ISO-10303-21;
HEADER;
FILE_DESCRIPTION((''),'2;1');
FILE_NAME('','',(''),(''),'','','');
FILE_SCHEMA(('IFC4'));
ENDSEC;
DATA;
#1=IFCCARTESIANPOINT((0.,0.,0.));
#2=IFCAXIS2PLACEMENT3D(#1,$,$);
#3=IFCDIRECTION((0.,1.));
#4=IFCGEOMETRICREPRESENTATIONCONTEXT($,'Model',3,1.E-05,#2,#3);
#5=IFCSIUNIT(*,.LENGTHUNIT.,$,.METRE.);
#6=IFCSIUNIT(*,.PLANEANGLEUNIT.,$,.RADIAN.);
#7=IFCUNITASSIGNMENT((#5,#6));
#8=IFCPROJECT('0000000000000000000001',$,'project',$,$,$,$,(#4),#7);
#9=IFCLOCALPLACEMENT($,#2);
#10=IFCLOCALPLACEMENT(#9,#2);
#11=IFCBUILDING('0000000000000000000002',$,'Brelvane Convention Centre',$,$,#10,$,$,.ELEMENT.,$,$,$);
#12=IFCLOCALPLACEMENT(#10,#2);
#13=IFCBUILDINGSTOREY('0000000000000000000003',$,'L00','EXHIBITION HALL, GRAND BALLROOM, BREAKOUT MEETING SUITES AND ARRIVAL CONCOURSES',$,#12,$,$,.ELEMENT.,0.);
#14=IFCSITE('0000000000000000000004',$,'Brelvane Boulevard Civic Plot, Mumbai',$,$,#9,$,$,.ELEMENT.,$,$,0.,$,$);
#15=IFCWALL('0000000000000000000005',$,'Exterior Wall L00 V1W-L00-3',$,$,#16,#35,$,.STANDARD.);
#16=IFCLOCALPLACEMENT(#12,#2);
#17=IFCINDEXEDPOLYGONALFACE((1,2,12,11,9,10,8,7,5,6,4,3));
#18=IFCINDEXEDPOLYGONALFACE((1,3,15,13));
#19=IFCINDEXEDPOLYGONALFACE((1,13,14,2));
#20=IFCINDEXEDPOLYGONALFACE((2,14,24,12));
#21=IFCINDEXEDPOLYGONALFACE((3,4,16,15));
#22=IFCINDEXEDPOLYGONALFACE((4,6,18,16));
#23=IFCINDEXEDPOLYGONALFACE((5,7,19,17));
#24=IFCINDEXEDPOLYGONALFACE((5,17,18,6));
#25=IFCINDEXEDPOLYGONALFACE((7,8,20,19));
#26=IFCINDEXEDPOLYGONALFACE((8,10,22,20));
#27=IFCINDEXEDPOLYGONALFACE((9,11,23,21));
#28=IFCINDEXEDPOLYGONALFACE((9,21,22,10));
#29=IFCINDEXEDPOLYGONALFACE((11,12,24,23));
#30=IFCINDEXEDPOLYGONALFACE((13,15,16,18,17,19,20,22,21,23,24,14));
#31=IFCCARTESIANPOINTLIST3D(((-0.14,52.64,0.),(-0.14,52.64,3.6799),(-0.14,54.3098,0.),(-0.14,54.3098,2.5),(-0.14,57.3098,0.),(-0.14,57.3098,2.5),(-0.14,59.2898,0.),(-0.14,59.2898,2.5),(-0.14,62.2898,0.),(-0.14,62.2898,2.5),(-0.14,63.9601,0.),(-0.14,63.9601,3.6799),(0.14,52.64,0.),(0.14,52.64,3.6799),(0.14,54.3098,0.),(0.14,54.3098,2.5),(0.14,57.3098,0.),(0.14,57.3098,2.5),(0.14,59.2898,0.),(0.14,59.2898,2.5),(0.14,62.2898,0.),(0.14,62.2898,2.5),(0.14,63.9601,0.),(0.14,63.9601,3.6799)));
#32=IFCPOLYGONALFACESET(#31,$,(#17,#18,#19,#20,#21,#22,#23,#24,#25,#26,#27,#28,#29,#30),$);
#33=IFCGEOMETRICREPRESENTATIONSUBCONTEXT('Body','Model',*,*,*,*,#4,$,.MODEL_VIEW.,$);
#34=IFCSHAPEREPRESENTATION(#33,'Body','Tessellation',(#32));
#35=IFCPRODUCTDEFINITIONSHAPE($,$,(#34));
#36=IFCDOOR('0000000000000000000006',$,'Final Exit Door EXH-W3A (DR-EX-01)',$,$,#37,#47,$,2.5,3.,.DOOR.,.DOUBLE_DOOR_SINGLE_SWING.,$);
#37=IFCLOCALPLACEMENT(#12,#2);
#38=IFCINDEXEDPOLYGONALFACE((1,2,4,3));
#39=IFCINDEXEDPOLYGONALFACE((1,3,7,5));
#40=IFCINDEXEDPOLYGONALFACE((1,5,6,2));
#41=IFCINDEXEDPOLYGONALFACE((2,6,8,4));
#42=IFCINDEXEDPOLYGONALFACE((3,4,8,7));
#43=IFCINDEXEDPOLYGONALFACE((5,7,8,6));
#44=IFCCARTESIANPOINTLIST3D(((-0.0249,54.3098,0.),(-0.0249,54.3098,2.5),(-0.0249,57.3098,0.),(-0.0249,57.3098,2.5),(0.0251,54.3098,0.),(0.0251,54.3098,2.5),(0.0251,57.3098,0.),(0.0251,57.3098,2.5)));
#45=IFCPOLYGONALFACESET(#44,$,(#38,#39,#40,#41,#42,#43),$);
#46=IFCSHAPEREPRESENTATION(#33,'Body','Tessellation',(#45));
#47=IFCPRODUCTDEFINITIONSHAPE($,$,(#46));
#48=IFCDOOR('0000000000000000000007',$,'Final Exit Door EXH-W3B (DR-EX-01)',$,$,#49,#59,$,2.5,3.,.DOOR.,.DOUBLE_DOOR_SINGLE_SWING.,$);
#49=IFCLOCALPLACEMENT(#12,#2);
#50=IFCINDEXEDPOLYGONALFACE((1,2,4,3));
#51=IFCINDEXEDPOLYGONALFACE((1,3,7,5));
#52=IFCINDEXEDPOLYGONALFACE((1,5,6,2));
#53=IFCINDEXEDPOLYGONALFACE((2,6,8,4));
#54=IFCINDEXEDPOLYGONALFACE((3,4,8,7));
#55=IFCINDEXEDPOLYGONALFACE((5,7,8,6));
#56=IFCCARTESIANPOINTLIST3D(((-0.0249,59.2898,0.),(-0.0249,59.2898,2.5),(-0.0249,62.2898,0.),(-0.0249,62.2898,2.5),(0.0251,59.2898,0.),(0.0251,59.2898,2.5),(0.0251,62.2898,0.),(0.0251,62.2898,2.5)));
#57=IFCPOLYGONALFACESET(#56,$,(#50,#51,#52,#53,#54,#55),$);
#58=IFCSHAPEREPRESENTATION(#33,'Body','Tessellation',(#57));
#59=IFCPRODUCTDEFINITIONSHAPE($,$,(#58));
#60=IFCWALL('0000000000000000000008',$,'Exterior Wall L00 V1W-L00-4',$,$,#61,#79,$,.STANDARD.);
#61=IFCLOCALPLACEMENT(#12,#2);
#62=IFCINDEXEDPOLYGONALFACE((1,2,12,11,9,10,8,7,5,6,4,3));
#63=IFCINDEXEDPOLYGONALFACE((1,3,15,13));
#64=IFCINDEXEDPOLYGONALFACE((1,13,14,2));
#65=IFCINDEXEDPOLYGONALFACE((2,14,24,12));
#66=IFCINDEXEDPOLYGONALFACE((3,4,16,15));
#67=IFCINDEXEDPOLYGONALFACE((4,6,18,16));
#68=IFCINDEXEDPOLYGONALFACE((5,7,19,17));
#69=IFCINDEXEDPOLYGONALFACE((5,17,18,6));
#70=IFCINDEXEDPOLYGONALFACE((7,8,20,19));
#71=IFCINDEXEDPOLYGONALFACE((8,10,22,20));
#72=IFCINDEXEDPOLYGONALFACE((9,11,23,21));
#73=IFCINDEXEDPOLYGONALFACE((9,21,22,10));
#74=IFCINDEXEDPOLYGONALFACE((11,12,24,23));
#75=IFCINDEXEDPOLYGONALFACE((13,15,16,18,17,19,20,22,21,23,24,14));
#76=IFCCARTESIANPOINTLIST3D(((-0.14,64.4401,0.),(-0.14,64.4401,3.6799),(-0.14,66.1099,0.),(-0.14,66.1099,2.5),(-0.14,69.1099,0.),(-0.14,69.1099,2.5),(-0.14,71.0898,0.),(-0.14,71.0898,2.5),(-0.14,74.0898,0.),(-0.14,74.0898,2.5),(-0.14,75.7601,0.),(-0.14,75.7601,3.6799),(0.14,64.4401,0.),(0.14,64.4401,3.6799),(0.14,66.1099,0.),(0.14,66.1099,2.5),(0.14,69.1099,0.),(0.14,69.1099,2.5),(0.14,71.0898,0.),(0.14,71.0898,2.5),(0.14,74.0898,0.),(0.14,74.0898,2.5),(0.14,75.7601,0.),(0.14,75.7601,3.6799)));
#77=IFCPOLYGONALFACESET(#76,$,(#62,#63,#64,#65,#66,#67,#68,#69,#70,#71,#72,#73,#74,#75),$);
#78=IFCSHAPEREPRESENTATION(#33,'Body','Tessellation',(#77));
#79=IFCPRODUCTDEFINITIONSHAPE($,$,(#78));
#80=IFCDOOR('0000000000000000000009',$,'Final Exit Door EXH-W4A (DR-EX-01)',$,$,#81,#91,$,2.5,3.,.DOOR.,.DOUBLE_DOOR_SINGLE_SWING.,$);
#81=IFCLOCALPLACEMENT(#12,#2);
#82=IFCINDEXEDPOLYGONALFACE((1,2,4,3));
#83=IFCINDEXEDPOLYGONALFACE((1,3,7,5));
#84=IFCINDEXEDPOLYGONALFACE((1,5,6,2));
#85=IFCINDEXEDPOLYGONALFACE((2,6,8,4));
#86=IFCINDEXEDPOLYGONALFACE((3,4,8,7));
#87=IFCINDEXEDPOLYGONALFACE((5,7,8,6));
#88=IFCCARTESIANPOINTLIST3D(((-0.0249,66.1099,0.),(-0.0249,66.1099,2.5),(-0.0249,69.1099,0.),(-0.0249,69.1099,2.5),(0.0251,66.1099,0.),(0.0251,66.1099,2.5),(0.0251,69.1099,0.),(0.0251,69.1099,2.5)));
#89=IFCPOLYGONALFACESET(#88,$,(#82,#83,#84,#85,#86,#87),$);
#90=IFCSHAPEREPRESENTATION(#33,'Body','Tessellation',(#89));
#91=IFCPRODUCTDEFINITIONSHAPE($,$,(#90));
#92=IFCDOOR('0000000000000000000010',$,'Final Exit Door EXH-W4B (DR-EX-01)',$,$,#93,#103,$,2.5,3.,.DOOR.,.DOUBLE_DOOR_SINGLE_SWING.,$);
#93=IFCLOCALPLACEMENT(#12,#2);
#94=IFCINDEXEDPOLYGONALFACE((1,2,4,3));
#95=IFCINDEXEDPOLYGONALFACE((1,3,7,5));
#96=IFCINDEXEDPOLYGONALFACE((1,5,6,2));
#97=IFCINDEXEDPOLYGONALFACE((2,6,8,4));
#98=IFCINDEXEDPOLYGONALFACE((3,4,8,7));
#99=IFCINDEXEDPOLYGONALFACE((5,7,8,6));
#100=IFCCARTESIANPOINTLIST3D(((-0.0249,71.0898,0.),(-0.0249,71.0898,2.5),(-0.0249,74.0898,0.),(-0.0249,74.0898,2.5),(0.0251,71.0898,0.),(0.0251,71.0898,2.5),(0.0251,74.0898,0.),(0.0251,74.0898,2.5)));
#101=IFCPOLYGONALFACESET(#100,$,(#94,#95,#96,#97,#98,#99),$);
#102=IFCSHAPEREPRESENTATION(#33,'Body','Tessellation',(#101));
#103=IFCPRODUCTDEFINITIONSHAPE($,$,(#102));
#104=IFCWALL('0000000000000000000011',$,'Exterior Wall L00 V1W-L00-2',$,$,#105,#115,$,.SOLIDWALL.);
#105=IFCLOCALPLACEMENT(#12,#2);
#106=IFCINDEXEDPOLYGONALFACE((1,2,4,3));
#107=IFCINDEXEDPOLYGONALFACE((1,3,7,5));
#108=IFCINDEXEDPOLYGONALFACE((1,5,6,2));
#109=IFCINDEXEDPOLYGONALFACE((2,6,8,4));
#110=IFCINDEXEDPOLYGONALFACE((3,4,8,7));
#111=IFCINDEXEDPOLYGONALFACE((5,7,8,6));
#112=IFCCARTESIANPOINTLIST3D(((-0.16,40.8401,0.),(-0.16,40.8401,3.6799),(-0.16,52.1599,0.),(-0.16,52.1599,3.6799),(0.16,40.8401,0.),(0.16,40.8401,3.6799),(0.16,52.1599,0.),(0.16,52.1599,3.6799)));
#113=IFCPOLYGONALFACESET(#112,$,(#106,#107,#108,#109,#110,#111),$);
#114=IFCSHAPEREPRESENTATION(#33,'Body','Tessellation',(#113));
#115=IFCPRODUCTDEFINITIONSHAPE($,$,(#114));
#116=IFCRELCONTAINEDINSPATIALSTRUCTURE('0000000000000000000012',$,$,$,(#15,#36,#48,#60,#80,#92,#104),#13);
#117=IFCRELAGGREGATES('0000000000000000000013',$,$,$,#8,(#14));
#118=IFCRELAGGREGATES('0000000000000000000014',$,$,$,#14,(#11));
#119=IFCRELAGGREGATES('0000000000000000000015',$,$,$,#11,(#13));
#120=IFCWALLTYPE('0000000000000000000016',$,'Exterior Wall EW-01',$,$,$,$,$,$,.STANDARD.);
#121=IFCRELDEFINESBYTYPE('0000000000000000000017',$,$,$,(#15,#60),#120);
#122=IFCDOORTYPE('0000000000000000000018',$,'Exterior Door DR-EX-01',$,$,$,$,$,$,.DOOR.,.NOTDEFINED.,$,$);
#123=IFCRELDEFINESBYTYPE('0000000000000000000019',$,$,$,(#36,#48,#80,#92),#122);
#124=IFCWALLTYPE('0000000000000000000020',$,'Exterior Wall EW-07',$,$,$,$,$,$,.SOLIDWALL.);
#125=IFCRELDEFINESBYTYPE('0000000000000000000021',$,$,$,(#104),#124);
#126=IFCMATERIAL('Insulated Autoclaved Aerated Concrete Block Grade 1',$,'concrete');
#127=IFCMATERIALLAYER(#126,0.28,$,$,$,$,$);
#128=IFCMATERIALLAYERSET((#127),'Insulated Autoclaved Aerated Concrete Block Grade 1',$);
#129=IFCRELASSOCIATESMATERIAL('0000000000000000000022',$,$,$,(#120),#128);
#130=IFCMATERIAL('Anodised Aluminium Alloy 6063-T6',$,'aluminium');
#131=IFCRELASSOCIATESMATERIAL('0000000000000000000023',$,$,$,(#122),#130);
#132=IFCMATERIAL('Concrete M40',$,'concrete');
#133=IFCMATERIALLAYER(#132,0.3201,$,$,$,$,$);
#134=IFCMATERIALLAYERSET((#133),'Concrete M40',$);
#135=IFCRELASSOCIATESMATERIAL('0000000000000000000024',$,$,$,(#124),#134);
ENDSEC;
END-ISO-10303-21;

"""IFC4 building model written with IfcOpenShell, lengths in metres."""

from ifc_helpers import new_model, si_unit, direction, frame, frame_2d, origin, place, context, subcontext, project, spatial, rectangle, extrude, material, layer, layer_set, type_object, element, fill, save


model = new_model("IFC4")

# Units and contexts
model_context = context("Model", 3, precision=1e-05, world=origin(), true_north=direction((0.0, 1.0)))
body_context = subcontext(model_context, "Body", "Model", "MODEL_VIEW")
ifc_project = project(units=[si_unit("LENGTHUNIT", "METRE"), si_unit("PLANEANGLEUNIT", "RADIAN")], contexts=[model_context])

# Site, building, storey
site_placement = place(None, origin())
site = spatial("IfcSite", under=ifc_project, at=site_placement, Name="Brelvane Boulevard Civic Plot, Mumbai", CompositionType="ELEMENT", RefElevation=0.0)
building_placement = place(site_placement, origin())
building = spatial("IfcBuilding", under=site, at=building_placement, Name="Brelvane Convention Centre", CompositionType="ELEMENT")
storey_placement = place(building_placement, origin())
storey = spatial("IfcBuildingStorey", under=building, at=storey_placement, Name="L00", Description="EXHIBITION HALL, GRAND BALLROOM, BREAKOUT MEETING SUITES AND ARRIVAL CONCOURSES", CompositionType="ELEMENT", Elevation=0.0)

# Walls, openings, doors
ifc_material_1 = material(Name="Insulated Autoclaved Aerated Concrete Block Grade 1", Category="concrete")
ifc_layer_1 = layer(ifc_material_1, 0.28)
ifc_layer_set_1 = layer_set([ifc_layer_1], Name="Insulated Autoclaved Aerated Concrete Block Grade 1")
wall_type_1 = type_object("IfcWallType", Name="Exterior Wall EW-01", PredefinedType="STANDARD", material=ifc_layer_set_1)
wall_1_placement = place(storey_placement, frame((0.0, 52.6399, 0.0), z_axis=(0.0, 0.0, 1.0), x_axis=(0.0, 1.0, 0.0)))
wall_1 = element("IfcWall", 1, at=wall_1_placement, inside=storey, type_object=wall_type_1, Name="Exterior Wall L00 V1W-L00-3", PredefinedType="STANDARD", context=body_context, shape_type="SweptSolid", body=[
    extrude(rectangle(XDim=11.3201, YDim=0.28, at=frame_2d((5.6602, 0.0))), origin(), (0.0, 0.0, 1.0), 3.6799),
])
opening_1_placement = place(wall_1_placement, frame((1.6699, 0.0, 0.0)))
opening_1 = element("IfcOpeningElement", 2, at=opening_1_placement, cuts=wall_1, PredefinedType="OPENING", context=body_context, shape_type="SweptSolid", body=[
    extrude(rectangle(XDim=3.0, YDim=2.5, at=frame_2d((1.5, 1.25))), frame((0.0, 0.1499, 0.0), z_axis=(0.0, -1.0, 0.0), x_axis=(1.0, 0.0, 0.0)), (0.0, 0.0, 1.0), 0.3),
])
opening_2_placement = place(wall_1_placement, frame((6.6499, 0.0, 0.0)))
opening_2 = element("IfcOpeningElement", 3, at=opening_2_placement, cuts=wall_1, PredefinedType="OPENING", context=body_context, shape_type="SweptSolid", body=[
    extrude(rectangle(XDim=3.0, YDim=2.5, at=frame_2d((1.5, 1.25))), frame((0.0, 0.1499, 0.0), z_axis=(0.0, -1.0, 0.0), x_axis=(1.0, 0.0, 0.0)), (0.0, 0.0, 1.0), 0.3),
])
ifc_material_2 = material(Name="Anodised Aluminium Alloy 6063-T6", Category="aluminium")
door_type = type_object("IfcDoorType", Name="Exterior Door DR-EX-01", OperationType="NOTDEFINED", PredefinedType="DOOR", material=ifc_material_2)
door_1_placement = place(opening_1_placement, origin())
door_1 = element("IfcDoor", 4, at=door_1_placement, inside=storey, type_object=door_type, Name="Final Exit Door EXH-W3A (DR-EX-01)", OperationType="DOUBLE_DOOR_SINGLE_SWING", OverallHeight=2.5, OverallWidth=3.0, PredefinedType="DOOR", context=body_context, shape_type="SweptSolid", body=[
    extrude(rectangle(XDim=3.0, YDim=2.5, at=frame_2d((1.5, 1.25))), frame((0.0, 0.0249, 0.0), z_axis=(0.0, -1.0, 0.0), x_axis=(1.0, 0.0, 0.0)), (0.0, 0.0, 1.0), 0.05),
])
fill(opening_1, door_1)
door_2_placement = place(opening_2_placement, origin())
door_2 = element("IfcDoor", 5, at=door_2_placement, inside=storey, type_object=door_type, Name="Final Exit Door EXH-W3B (DR-EX-01)", OperationType="DOUBLE_DOOR_SINGLE_SWING", OverallHeight=2.5, OverallWidth=3.0, PredefinedType="DOOR", context=body_context, shape_type="SweptSolid", body=[
    extrude(rectangle(XDim=3.0, YDim=2.5, at=frame_2d((1.5, 1.25))), frame((0.0, 0.0249, 0.0), z_axis=(0.0, -1.0, 0.0), x_axis=(1.0, 0.0, 0.0)), (0.0, 0.0, 1.0), 0.05),
])
fill(opening_2, door_2)
wall_2_placement = place(storey_placement, frame((0.0, 64.4399, 0.0), z_axis=(0.0, 0.0, 1.0), x_axis=(0.0, 1.0, 0.0)))
wall_2 = element("IfcWall", 6, at=wall_2_placement, inside=storey, type_object=wall_type_1, Name="Exterior Wall L00 V1W-L00-4", PredefinedType="STANDARD", context=body_context, shape_type="SweptSolid", body=[
    extrude(rectangle(XDim=11.3201, YDim=0.28, at=frame_2d((5.6602, 0.0))), origin(), (0.0, 0.0, 1.0), 3.6799),
])
opening_3_placement = place(wall_2_placement, frame((1.6699, 0.0, 0.0)))
opening_3 = element("IfcOpeningElement", 7, at=opening_3_placement, cuts=wall_2, PredefinedType="OPENING", context=body_context, shape_type="SweptSolid", body=[
    extrude(rectangle(XDim=3.0, YDim=2.5, at=frame_2d((1.5, 1.25))), frame((0.0, 0.1499, 0.0), z_axis=(0.0, -1.0, 0.0), x_axis=(1.0, 0.0, 0.0)), (0.0, 0.0, 1.0), 0.3),
])
opening_4_placement = place(wall_2_placement, frame((6.6499, 0.0, 0.0)))
opening_4 = element("IfcOpeningElement", 8, at=opening_4_placement, cuts=wall_2, PredefinedType="OPENING", context=body_context, shape_type="SweptSolid", body=[
    extrude(rectangle(XDim=3.0, YDim=2.5, at=frame_2d((1.5, 1.25))), frame((0.0, 0.1499, 0.0), z_axis=(0.0, -1.0, 0.0), x_axis=(1.0, 0.0, 0.0)), (0.0, 0.0, 1.0), 0.3),
])
door_3_placement = place(opening_3_placement, origin())
door_3 = element("IfcDoor", 9, at=door_3_placement, inside=storey, type_object=door_type, Name="Final Exit Door EXH-W4A (DR-EX-01)", OperationType="DOUBLE_DOOR_SINGLE_SWING", OverallHeight=2.5, OverallWidth=3.0, PredefinedType="DOOR", context=body_context, shape_type="SweptSolid", body=[
    extrude(rectangle(XDim=3.0, YDim=2.5, at=frame_2d((1.5, 1.25))), frame((0.0, 0.0249, 0.0), z_axis=(0.0, -1.0, 0.0), x_axis=(1.0, 0.0, 0.0)), (0.0, 0.0, 1.0), 0.05),
])
fill(opening_3, door_3)
door_4_placement = place(opening_4_placement, origin())
door_4 = element("IfcDoor", 10, at=door_4_placement, inside=storey, type_object=door_type, Name="Final Exit Door EXH-W4B (DR-EX-01)", OperationType="DOUBLE_DOOR_SINGLE_SWING", OverallHeight=2.5, OverallWidth=3.0, PredefinedType="DOOR", context=body_context, shape_type="SweptSolid", body=[
    extrude(rectangle(XDim=3.0, YDim=2.5, at=frame_2d((1.5, 1.25))), frame((0.0, 0.0249, 0.0), z_axis=(0.0, -1.0, 0.0), x_axis=(1.0, 0.0, 0.0)), (0.0, 0.0, 1.0), 0.05),
])
fill(opening_4, door_4)

# Wall
ifc_material_3 = material(Name="Concrete M40", Category="concrete")
ifc_layer_2 = layer(ifc_material_3, 0.3201)
ifc_layer_set_2 = layer_set([ifc_layer_2], Name="Concrete M40")
wall_type_2 = type_object("IfcWallType", Name="Exterior Wall EW-07", PredefinedType="SOLIDWALL", material=ifc_layer_set_2)
wall_3_placement = place(storey_placement, frame((0.0, 40.8401, 0.0), z_axis=(0.0, 0.0, 1.0), x_axis=(0.0, 1.0, 0.0)))
element("IfcWall", 11, at=wall_3_placement, inside=storey, type_object=wall_type_2, Name="Exterior Wall L00 V1W-L00-2", PredefinedType="SOLIDWALL", context=body_context, shape_type="SweptSolid", body=[
    extrude(rectangle(XDim=11.3198, YDim=0.3201, at=frame_2d((5.6599, 0.0))), origin(), (0.0, 0.0, 1.0), 3.6799),
])

save(model, "model.ifc")
